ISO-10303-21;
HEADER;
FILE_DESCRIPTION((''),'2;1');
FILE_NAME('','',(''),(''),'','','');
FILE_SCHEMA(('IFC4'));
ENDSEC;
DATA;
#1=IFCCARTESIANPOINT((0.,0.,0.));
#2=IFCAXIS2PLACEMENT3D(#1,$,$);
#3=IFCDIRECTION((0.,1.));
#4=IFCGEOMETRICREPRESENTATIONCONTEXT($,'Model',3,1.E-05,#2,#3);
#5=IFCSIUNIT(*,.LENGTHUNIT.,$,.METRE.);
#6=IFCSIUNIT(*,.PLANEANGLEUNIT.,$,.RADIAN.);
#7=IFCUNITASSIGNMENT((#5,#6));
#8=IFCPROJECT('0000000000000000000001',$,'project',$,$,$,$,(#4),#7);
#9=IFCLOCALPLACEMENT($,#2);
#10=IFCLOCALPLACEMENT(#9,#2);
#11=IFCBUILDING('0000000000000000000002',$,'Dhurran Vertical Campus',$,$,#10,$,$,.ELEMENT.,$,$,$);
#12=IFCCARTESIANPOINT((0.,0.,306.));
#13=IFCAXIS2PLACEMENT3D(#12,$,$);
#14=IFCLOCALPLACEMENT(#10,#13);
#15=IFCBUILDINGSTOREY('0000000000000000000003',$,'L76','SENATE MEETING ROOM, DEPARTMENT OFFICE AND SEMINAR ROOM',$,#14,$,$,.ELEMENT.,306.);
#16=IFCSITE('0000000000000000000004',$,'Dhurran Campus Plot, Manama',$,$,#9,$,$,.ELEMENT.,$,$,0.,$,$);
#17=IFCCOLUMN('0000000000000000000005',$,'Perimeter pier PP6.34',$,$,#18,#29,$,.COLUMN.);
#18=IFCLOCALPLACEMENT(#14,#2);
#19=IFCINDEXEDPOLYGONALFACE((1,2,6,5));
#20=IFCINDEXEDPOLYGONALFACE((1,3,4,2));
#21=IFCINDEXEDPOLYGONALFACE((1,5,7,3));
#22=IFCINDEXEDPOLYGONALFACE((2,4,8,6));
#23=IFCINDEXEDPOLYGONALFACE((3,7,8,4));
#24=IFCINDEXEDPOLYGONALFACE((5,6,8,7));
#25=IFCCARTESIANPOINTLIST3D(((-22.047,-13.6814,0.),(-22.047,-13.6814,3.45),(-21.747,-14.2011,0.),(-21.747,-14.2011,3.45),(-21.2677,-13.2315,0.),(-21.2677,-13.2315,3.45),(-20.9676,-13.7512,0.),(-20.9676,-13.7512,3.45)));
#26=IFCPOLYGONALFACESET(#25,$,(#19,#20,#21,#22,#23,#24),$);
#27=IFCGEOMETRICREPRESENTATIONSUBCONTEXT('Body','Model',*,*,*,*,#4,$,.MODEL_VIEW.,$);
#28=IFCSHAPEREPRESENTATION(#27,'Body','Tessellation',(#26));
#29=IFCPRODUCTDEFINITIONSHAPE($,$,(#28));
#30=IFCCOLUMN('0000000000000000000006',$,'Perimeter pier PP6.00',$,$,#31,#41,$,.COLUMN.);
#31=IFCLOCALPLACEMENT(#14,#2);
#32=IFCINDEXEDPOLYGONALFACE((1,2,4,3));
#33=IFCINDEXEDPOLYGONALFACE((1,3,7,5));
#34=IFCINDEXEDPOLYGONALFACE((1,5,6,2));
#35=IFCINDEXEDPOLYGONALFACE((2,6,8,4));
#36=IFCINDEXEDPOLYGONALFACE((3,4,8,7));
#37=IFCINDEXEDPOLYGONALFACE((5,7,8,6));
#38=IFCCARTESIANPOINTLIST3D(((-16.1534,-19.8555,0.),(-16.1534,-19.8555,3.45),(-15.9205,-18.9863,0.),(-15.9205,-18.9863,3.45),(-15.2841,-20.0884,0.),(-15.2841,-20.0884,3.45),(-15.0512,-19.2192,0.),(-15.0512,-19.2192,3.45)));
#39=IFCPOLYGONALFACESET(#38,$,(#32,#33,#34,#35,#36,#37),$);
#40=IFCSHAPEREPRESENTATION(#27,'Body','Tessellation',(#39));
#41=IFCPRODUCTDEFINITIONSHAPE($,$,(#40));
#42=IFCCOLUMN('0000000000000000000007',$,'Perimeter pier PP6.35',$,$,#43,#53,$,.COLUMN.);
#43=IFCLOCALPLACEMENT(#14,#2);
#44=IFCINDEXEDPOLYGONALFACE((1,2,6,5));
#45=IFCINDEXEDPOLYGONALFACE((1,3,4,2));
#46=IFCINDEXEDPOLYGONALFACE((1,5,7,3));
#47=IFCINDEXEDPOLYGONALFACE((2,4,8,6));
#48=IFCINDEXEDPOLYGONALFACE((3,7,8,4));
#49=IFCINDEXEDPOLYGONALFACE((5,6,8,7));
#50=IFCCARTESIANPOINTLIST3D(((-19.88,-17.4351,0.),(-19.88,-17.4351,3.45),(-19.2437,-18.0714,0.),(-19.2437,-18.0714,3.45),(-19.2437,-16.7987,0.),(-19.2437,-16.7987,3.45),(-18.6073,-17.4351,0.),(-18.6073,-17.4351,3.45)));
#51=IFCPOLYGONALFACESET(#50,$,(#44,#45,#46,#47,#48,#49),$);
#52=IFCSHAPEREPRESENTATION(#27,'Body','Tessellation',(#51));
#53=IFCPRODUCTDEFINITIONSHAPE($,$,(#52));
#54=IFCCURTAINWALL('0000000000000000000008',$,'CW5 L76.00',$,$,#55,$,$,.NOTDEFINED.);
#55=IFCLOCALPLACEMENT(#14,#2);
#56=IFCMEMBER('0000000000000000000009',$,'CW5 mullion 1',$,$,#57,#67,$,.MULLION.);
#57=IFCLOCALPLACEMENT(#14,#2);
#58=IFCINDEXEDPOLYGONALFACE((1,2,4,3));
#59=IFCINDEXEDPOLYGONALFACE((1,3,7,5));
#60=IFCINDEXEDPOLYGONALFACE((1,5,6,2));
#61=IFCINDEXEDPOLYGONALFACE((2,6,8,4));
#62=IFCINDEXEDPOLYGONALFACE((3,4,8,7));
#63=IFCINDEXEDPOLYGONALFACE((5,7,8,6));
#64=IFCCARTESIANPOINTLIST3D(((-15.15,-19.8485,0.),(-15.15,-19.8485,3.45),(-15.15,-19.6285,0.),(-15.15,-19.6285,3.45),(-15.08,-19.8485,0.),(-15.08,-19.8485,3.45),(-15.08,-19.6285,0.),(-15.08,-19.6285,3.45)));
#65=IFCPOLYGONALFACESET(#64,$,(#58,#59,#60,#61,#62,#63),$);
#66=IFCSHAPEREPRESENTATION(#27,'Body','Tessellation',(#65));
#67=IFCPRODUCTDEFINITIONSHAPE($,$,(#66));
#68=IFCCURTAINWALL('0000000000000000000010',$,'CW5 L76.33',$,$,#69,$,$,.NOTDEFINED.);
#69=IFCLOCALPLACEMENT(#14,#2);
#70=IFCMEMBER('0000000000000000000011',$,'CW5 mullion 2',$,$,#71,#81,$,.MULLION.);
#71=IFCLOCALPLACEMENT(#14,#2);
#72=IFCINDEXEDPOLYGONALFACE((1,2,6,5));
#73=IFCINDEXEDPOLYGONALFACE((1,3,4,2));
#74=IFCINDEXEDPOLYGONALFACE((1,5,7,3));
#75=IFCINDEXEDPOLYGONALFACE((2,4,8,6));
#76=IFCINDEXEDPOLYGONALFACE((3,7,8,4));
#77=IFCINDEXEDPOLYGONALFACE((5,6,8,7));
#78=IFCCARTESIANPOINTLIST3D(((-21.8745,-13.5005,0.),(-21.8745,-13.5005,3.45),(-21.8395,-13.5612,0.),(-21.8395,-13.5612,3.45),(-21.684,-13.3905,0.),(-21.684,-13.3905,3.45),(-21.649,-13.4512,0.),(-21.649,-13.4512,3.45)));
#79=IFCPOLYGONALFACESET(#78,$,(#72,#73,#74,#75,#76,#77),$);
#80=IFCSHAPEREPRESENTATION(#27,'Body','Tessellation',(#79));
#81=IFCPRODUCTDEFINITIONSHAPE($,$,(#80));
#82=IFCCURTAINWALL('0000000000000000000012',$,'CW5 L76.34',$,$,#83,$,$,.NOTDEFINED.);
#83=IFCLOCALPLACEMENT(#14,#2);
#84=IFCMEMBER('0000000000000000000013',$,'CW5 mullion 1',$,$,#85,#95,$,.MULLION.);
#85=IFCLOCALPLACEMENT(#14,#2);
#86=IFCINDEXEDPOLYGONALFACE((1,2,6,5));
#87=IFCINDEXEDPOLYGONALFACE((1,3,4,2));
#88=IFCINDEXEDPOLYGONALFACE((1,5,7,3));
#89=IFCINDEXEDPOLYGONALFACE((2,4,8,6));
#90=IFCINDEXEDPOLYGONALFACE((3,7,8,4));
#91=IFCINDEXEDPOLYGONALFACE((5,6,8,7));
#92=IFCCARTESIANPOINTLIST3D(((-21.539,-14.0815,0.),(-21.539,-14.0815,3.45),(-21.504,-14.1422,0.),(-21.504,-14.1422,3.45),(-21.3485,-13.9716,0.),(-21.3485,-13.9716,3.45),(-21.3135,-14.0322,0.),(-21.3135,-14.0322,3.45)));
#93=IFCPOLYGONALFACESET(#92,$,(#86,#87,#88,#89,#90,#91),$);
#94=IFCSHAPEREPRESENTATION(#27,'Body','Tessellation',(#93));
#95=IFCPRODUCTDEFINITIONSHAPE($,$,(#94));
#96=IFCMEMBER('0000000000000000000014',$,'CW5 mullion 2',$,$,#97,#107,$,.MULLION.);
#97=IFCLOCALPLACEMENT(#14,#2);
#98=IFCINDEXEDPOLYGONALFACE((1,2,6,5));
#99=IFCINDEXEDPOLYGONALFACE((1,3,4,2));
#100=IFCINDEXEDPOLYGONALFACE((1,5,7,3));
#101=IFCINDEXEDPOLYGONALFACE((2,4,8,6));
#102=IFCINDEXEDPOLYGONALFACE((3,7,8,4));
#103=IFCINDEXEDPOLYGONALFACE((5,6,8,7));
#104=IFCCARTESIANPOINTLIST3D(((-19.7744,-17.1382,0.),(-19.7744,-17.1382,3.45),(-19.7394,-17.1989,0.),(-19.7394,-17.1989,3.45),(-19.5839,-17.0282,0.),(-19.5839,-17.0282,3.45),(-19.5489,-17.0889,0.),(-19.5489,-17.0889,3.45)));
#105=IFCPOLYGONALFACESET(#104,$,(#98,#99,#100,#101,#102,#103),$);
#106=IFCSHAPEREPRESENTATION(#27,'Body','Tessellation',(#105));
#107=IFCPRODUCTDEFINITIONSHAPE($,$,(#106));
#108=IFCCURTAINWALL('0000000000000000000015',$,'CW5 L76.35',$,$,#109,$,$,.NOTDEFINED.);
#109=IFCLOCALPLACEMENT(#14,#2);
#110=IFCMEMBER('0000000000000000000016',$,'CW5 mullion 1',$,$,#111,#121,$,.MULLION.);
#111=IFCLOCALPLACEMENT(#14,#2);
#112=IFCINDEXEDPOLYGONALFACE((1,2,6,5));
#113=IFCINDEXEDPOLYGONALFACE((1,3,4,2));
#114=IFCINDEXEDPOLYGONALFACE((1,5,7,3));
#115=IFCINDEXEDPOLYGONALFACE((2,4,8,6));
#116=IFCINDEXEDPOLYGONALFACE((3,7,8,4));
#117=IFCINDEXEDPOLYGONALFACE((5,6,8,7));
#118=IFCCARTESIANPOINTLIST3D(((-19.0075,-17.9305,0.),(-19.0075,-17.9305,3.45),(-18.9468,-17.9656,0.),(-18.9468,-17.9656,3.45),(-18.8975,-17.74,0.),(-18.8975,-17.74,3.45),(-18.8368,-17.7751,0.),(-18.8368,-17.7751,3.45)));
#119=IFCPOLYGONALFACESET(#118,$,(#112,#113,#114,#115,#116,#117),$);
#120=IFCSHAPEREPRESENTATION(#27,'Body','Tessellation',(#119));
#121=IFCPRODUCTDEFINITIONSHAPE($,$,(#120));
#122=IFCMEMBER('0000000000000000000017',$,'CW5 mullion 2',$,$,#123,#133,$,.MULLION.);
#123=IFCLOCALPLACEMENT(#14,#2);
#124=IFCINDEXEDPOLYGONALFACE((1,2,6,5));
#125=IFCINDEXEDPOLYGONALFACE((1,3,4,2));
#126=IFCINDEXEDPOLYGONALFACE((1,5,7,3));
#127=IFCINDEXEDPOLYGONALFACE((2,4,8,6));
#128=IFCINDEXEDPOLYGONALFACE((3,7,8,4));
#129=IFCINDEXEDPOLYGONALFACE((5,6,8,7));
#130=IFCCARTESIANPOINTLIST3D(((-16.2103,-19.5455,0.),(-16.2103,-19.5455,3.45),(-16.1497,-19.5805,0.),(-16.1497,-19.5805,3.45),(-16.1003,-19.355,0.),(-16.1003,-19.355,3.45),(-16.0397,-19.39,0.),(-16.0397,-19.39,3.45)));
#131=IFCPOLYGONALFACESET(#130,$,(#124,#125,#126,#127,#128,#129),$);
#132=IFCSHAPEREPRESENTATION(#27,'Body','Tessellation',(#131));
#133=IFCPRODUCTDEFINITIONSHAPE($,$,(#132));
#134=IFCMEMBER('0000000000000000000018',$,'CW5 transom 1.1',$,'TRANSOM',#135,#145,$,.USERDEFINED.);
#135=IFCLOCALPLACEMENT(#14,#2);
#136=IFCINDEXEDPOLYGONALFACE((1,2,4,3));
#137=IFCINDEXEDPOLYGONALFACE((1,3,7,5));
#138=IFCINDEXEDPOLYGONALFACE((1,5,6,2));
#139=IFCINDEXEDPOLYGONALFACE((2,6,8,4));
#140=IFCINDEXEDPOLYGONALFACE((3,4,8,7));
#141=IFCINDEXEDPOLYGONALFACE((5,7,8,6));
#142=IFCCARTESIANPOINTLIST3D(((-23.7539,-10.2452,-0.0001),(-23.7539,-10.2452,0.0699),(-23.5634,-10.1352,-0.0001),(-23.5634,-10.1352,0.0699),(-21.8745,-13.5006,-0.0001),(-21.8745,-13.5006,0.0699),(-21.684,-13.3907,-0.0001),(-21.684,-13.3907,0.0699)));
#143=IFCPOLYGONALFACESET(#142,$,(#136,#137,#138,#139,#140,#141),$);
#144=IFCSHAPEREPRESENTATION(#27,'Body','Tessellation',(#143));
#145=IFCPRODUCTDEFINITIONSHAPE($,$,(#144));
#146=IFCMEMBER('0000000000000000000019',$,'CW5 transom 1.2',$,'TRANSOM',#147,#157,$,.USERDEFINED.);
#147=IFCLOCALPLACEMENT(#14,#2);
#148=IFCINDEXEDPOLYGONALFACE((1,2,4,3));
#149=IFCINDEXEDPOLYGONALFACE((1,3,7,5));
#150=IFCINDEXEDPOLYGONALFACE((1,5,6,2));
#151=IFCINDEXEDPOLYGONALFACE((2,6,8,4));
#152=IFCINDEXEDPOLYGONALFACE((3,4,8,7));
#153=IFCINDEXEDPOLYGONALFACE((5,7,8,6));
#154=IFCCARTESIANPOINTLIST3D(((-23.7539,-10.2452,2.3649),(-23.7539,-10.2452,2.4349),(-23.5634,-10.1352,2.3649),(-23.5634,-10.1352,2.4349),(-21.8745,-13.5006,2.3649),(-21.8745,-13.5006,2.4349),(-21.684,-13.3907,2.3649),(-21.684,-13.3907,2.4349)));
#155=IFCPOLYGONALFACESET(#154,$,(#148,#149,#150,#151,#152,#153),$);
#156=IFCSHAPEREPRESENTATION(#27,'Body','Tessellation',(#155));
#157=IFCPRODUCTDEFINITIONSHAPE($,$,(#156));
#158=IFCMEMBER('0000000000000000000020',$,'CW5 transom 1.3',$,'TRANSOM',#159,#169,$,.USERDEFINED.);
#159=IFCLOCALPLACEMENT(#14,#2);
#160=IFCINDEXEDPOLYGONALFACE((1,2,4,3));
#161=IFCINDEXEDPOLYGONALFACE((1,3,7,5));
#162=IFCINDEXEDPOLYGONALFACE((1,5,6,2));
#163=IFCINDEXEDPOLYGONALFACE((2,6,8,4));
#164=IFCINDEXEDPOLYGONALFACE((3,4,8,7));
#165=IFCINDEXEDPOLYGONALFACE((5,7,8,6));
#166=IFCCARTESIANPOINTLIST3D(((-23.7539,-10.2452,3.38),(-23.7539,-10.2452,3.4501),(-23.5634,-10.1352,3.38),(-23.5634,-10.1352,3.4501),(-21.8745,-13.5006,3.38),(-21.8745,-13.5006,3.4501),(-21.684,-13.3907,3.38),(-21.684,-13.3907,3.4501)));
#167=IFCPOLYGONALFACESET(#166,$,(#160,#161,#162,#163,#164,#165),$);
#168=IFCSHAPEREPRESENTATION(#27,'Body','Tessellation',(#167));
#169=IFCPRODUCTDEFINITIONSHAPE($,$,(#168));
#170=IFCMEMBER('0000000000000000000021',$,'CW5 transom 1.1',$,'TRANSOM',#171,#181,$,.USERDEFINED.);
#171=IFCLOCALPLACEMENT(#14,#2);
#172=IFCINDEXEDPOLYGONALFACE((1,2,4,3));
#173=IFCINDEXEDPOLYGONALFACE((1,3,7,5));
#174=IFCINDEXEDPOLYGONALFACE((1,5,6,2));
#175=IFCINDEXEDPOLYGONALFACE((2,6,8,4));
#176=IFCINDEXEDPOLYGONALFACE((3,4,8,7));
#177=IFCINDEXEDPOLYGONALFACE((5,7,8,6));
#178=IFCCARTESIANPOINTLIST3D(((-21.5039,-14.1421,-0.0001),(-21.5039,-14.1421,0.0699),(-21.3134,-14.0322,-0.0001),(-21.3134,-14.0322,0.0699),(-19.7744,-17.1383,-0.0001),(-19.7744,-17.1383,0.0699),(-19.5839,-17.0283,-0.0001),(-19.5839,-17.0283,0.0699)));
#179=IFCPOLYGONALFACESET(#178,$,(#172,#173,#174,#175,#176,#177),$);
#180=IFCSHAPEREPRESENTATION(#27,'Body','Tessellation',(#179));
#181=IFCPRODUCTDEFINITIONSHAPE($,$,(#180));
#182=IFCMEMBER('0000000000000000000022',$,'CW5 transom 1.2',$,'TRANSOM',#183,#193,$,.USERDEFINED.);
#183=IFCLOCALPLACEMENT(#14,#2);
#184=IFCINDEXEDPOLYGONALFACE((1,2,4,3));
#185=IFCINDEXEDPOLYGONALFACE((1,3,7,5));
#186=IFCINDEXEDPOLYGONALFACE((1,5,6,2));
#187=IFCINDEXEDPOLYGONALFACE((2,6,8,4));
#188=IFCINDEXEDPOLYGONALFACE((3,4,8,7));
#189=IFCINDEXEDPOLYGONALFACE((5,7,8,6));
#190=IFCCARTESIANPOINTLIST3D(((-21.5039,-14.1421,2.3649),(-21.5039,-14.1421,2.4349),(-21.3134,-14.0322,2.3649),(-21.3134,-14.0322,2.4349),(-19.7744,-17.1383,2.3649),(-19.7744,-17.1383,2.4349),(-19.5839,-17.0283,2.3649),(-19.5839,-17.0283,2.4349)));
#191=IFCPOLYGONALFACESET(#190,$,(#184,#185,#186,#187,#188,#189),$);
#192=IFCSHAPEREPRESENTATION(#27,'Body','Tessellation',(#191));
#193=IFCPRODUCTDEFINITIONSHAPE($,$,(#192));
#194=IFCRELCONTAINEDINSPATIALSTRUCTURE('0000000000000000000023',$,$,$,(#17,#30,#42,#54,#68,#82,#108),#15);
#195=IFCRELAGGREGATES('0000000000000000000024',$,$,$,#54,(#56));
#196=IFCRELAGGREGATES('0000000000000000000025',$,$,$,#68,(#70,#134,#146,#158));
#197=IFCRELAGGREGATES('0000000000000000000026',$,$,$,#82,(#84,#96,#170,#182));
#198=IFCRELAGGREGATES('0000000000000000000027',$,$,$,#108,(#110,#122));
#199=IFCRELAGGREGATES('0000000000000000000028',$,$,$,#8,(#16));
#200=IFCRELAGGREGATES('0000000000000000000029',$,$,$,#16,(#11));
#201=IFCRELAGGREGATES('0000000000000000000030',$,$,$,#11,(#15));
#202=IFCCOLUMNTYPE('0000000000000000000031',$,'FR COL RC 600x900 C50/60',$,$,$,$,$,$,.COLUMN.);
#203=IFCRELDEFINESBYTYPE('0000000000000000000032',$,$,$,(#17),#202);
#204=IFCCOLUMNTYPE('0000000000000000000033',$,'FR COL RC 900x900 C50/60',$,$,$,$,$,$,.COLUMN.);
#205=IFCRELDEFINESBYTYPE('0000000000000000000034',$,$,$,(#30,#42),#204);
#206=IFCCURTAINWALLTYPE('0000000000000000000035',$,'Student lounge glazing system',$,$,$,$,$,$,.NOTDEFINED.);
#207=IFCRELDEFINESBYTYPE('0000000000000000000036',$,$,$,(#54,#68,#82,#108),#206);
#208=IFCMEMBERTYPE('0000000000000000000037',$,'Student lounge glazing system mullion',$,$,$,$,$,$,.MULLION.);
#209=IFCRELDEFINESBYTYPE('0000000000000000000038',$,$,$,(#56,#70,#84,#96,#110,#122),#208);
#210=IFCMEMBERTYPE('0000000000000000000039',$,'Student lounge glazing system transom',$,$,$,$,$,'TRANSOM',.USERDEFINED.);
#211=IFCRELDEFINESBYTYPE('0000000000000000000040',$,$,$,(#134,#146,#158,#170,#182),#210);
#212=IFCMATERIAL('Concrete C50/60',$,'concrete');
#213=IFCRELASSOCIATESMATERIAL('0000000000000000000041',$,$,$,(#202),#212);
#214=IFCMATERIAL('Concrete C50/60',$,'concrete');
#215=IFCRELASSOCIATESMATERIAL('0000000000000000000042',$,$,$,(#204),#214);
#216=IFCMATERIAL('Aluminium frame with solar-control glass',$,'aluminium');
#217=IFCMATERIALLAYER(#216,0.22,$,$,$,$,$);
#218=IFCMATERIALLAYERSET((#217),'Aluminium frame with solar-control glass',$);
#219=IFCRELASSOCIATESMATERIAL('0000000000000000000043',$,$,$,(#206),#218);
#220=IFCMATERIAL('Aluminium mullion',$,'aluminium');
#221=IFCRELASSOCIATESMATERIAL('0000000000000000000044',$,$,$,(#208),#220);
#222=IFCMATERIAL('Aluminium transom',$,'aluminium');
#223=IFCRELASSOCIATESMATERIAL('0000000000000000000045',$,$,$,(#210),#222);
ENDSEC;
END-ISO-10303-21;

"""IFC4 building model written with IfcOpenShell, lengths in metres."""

from ifc_helpers import new_model, si_unit, direction, frame, origin, origin_2d, place, context, subcontext, project, spatial, rectangle, extrude, material, layer, layer_set, material_profile, profile_set, type_object, element, aggregate, save


model = new_model("IFC4")

# Units and contexts
model_context = context("Model", 3, precision=1e-05, world=origin(), true_north=direction((0.0, 1.0)))
body_context = subcontext(model_context, "Body", "Model", "MODEL_VIEW")
ifc_project = project(units=[si_unit("LENGTHUNIT", "METRE"), si_unit("PLANEANGLEUNIT", "RADIAN")], contexts=[model_context])

# Site, building, storey
site_placement = place(None, origin())
site = spatial("IfcSite", under=ifc_project, at=site_placement, Name="Dhurran Campus Plot, Manama", CompositionType="ELEMENT", RefElevation=0.0)
building_placement = place(site_placement, origin())
building = spatial("IfcBuilding", under=site, at=building_placement, Name="Dhurran Vertical Campus", CompositionType="ELEMENT")
storey_placement = place(building_placement, frame((0.0, 0.0, 306.0)))
storey = spatial("IfcBuildingStorey", under=building, at=storey_placement, Name="L76", Description="SENATE MEETING ROOM, DEPARTMENT OFFICE AND SEMINAR ROOM", CompositionType="ELEMENT", Elevation=306.0)

# Columns
ifc_material_1 = material(Name="Concrete C50/60", Category="concrete")
ifc_material_profile_1 = material_profile(ifc_material_1, rectangle(XDim=0.6001, YDim=0.8999, at=origin_2d()), Name="RC 600x900")
ifc_profile_set_1 = profile_set([ifc_material_profile_1], Name="Concrete C50/60")
column_type_1 = type_object("IfcColumnType", Name="FR COL RC 600x900 C50/60", PredefinedType="COLUMN", material=ifc_profile_set_1)
column_placement = place(storey_placement, frame((-21.5073, -13.7163, 0.0), z_axis=(0.0, 0.0, 1.0), x_axis=(0.5, -0.866025, 0.0)))
element("IfcColumn", 1, at=column_placement, inside=storey, type_object=column_type_1, Name="Perimeter pier PP6.34", PredefinedType="COLUMN", context=body_context, shape_type="SweptSolid", body=[
    extrude(rectangle(XDim=0.6001, YDim=0.8999, at=origin_2d()), origin(), (0.0, 0.0, 1.0), 3.45),
])
ifc_material_2 = material(Name="Concrete C50/60", Category="concrete")
ifc_material_profile_2 = material_profile(ifc_material_2, rectangle(XDim=0.8999, YDim=0.8999, at=origin_2d()), Name="RC 900x900")
ifc_profile_set_2 = profile_set([ifc_material_profile_2], Name="Concrete C50/60")
column_type_2 = type_object("IfcColumnType", Name="FR COL RC 900x900 C50/60", PredefinedType="COLUMN", material=ifc_profile_set_2)
for number, where, z_axis, x_axis, name in (
    (2, (-15.6023, -19.5374, 0.0), (0.0, 0.0, 1.0), (0.965926, -0.258819, 0.0), "Perimeter pier PP6.00"),
    (3, (-19.2437, -17.4351, 0.0), (0.0, 0.0, 1.0), (0.707107, -0.707107, 0.0), "Perimeter pier PP6.35"),
):
    element("IfcColumn", number, at=place(storey_placement, frame(where, z_axis=z_axis, x_axis=x_axis)), inside=storey, type_object=column_type_2, Name=name, PredefinedType="COLUMN", context=body_context, shape_type="SweptSolid", body=[
        extrude(rectangle(XDim=0.8999, YDim=0.8999, at=origin_2d()), origin(), (0.0, 0.0, 1.0), 3.45),
    ])

# Curtain walls, members
ifc_material_3 = material(Name="Aluminium frame with solar-control glass", Category="aluminium")
ifc_layer_1 = layer(ifc_material_3, 0.22)
ifc_layer_set_1 = layer_set([ifc_layer_1], Name="Aluminium frame with solar-control glass")
curtain_wall_type = type_object("IfcCurtainWallType", Name="Student lounge glazing system", PredefinedType="NOTDEFINED", material=ifc_layer_set_1)
curtain_wall_1_placement = place(storey_placement, origin())
curtain_wall_1 = element("IfcCurtainWall", 4, at=curtain_wall_1_placement, inside=storey, type_object=curtain_wall_type, Name="CW5 L76.00", PredefinedType="NOTDEFINED")
ifc_material_4 = material(Name="Aluminium mullion", Category="aluminium")
ifc_material_profile_3 = material_profile(ifc_material_4, rectangle(XDim=0.22, YDim=0.0701, at=origin_2d()), Name="Student lounge glazing system mullion")
ifc_profile_set_3 = profile_set([ifc_material_profile_3], Name="Aluminium mullion")
member_type_1 = type_object("IfcMemberType", Name="Student lounge glazing system mullion", PredefinedType="MULLION", material=ifc_profile_set_3)
member_1_placement = place(storey_placement, frame((-15.115, -19.7385, 0.0), z_axis=(0.0, 0.0, 1.0), x_axis=(0.0, 1.0, 0.0)))
member_1 = element("IfcMember", 5, at=member_1_placement, type_object=member_type_1, Name="CW5 mullion 1", PredefinedType="MULLION", context=body_context, shape_type="SweptSolid", body=[
    extrude(rectangle(XDim=0.22, YDim=0.0701, at=origin_2d()), origin(), (0.0, 0.0, 1.0), 3.45),
])
aggregate(curtain_wall_1, [member_1])
curtain_wall_2_placement = place(storey_placement, origin())
curtain_wall_2 = element("IfcCurtainWall", 6, at=curtain_wall_2_placement, inside=storey, type_object=curtain_wall_type, Name="CW5 L76.33", PredefinedType="NOTDEFINED")
member_2_placement = place(storey_placement, frame((-21.7617, -13.4758, 0.0), z_axis=(0.0, 0.0, 1.0), x_axis=(0.866023, 0.500004, 0.0)))
member_2 = element("IfcMember", 7, at=member_2_placement, type_object=member_type_1, Name="CW5 mullion 2", PredefinedType="MULLION", context=body_context, shape_type="SweptSolid", body=[
    extrude(rectangle(XDim=0.22, YDim=0.0701, at=origin_2d()), origin(), (0.0, 0.0, 1.0), 3.45),
])

# Curtain walls, members
curtain_wall_3_placement = place(storey_placement, origin())
curtain_wall_3 = element("IfcCurtainWall", 8, at=curtain_wall_3_placement, inside=storey, type_object=curtain_wall_type, Name="CW5 L76.34", PredefinedType="NOTDEFINED")
member_3_placement = place(storey_placement, frame((-21.4263, -14.0569, 0.0), z_axis=(0.0, 0.0, 1.0), x_axis=(0.866027, 0.499997, 0.0)))
member_3 = element("IfcMember", 9, at=member_3_placement, type_object=member_type_1, Name="CW5 mullion 1", PredefinedType="MULLION", context=body_context, shape_type="SweptSolid", body=[
    extrude(rectangle(XDim=0.22, YDim=0.0701, at=origin_2d()), origin(), (0.0, 0.0, 1.0), 3.45),
])
member_4_placement = place(storey_placement, frame((-19.6616, -17.1135, 0.0), z_axis=(0.0, 0.0, 1.0), x_axis=(0.866027, 0.499997, 0.0)))
member_4 = element("IfcMember", 10, at=member_4_placement, type_object=member_type_1, Name="CW5 mullion 2", PredefinedType="MULLION", context=body_context, shape_type="SweptSolid", body=[
    extrude(rectangle(XDim=0.22, YDim=0.0701, at=origin_2d()), origin(), (0.0, 0.0, 1.0), 3.45),
])
curtain_wall_4_placement = place(storey_placement, origin())
curtain_wall_4 = element("IfcCurtainWall", 11, at=curtain_wall_4_placement, inside=storey, type_object=curtain_wall_type, Name="CW5 L76.35", PredefinedType="NOTDEFINED")
member_5_placement = place(storey_placement, frame((-18.9221, -17.8528, 0.0), z_axis=(0.0, 0.0, 1.0), x_axis=(0.500001, 0.866025, 0.0)))
member_5 = element("IfcMember", 12, at=member_5_placement, type_object=member_type_1, Name="CW5 mullion 1", PredefinedType="MULLION", context=body_context, shape_type="SweptSolid", body=[
    extrude(rectangle(XDim=0.22, YDim=0.0701, at=origin_2d()), origin(), (0.0, 0.0, 1.0), 3.45),
])
member_6_placement = place(storey_placement, frame((-16.125, -19.4678, 0.0), z_axis=(0.0, 0.0, 1.0), x_axis=(0.500001, 0.866025, 0.0)))
member_6 = element("IfcMember", 13, at=member_6_placement, type_object=member_type_1, Name="CW5 mullion 2", PredefinedType="MULLION", context=body_context, shape_type="SweptSolid", body=[
    extrude(rectangle(XDim=0.22, YDim=0.0701, at=origin_2d()), origin(), (0.0, 0.0, 1.0), 3.45),
])

# Members
ifc_material_5 = material(Name="Aluminium transom", Category="aluminium")
ifc_material_profile_4 = material_profile(ifc_material_5, rectangle(XDim=0.22, YDim=0.0701, at=origin_2d()), Name="Student lounge glazing system transom")
ifc_profile_set_4 = profile_set([ifc_material_profile_4], Name="Aluminium transom")
member_type_2 = type_object("IfcMemberType", Name="Student lounge glazing system transom", ElementType="TRANSOM", PredefinedType="USERDEFINED", material=ifc_profile_set_4)
member_7_placement = place(storey_placement, frame((-23.6587, -10.1902, 0.0349), z_axis=(0.499981, -0.866036, 0.0), x_axis=(0.866036, 0.499981, 0.0)))
member_7 = element("IfcMember", 14, at=member_7_placement, type_object=member_type_2, Name="CW5 transom 1.1", ObjectType="TRANSOM", PredefinedType="USERDEFINED", context=body_context, shape_type="SweptSolid", body=[
    extrude(rectangle(XDim=0.22, YDim=0.0701, at=origin_2d()), origin(), (0.0, 0.0, 1.0), 3.759),
])
member_8_placement = place(storey_placement, frame((-23.6587, -10.1902, 2.3999), z_axis=(0.499981, -0.866036, 0.0), x_axis=(0.866036, 0.499981, 0.0)))
member_8 = element("IfcMember", 15, at=member_8_placement, type_object=member_type_2, Name="CW5 transom 1.2", ObjectType="TRANSOM", PredefinedType="USERDEFINED", context=body_context, shape_type="SweptSolid", body=[
    extrude(rectangle(XDim=0.22, YDim=0.0701, at=origin_2d()), origin(), (0.0, 0.0, 1.0), 3.759),
])
member_9_placement = place(storey_placement, frame((-23.6587, -10.1902, 3.415), z_axis=(0.499981, -0.866036, 0.0), x_axis=(0.866036, 0.499981, 0.0)))
member_9 = element("IfcMember", 16, at=member_9_placement, type_object=member_type_2, Name="CW5 transom 1.3", ObjectType="TRANSOM", PredefinedType="USERDEFINED", context=body_context, shape_type="SweptSolid", body=[
    extrude(rectangle(XDim=0.22, YDim=0.0701, at=origin_2d()), origin(), (0.0, 0.0, 1.0), 3.759),
])
member_10_placement = place(storey_placement, frame((-21.4087, -14.0872, 0.0349), z_axis=(0.499934, -0.866063, 0.0), x_axis=(0.866063, 0.499934, 0.0)))
member_10 = element("IfcMember", 17, at=member_10_placement, type_object=member_type_2, Name="CW5 transom 1.1", ObjectType="TRANSOM", PredefinedType="USERDEFINED", context=body_context, shape_type="SweptSolid", body=[
    extrude(rectangle(XDim=0.22, YDim=0.0701, at=origin_2d()), origin(), (0.0, 0.0, 1.0), 3.4595),
])
member_11_placement = place(storey_placement, frame((-21.4087, -14.0872, 2.3999), z_axis=(0.499934, -0.866063, 0.0), x_axis=(0.866063, 0.499934, 0.0)))
member_11 = element("IfcMember", 18, at=member_11_placement, type_object=member_type_2, Name="CW5 transom 1.2", ObjectType="TRANSOM", PredefinedType="USERDEFINED", context=body_context, shape_type="SweptSolid", body=[
    extrude(rectangle(XDim=0.22, YDim=0.0701, at=origin_2d()), origin(), (0.0, 0.0, 1.0), 3.4595),
])

aggregate(curtain_wall_2, [member_2, member_7, member_8, member_9])
aggregate(curtain_wall_3, [member_3, member_4, member_10, member_11])
aggregate(curtain_wall_4, [member_5, member_6])

save(model, "model.ifc")
